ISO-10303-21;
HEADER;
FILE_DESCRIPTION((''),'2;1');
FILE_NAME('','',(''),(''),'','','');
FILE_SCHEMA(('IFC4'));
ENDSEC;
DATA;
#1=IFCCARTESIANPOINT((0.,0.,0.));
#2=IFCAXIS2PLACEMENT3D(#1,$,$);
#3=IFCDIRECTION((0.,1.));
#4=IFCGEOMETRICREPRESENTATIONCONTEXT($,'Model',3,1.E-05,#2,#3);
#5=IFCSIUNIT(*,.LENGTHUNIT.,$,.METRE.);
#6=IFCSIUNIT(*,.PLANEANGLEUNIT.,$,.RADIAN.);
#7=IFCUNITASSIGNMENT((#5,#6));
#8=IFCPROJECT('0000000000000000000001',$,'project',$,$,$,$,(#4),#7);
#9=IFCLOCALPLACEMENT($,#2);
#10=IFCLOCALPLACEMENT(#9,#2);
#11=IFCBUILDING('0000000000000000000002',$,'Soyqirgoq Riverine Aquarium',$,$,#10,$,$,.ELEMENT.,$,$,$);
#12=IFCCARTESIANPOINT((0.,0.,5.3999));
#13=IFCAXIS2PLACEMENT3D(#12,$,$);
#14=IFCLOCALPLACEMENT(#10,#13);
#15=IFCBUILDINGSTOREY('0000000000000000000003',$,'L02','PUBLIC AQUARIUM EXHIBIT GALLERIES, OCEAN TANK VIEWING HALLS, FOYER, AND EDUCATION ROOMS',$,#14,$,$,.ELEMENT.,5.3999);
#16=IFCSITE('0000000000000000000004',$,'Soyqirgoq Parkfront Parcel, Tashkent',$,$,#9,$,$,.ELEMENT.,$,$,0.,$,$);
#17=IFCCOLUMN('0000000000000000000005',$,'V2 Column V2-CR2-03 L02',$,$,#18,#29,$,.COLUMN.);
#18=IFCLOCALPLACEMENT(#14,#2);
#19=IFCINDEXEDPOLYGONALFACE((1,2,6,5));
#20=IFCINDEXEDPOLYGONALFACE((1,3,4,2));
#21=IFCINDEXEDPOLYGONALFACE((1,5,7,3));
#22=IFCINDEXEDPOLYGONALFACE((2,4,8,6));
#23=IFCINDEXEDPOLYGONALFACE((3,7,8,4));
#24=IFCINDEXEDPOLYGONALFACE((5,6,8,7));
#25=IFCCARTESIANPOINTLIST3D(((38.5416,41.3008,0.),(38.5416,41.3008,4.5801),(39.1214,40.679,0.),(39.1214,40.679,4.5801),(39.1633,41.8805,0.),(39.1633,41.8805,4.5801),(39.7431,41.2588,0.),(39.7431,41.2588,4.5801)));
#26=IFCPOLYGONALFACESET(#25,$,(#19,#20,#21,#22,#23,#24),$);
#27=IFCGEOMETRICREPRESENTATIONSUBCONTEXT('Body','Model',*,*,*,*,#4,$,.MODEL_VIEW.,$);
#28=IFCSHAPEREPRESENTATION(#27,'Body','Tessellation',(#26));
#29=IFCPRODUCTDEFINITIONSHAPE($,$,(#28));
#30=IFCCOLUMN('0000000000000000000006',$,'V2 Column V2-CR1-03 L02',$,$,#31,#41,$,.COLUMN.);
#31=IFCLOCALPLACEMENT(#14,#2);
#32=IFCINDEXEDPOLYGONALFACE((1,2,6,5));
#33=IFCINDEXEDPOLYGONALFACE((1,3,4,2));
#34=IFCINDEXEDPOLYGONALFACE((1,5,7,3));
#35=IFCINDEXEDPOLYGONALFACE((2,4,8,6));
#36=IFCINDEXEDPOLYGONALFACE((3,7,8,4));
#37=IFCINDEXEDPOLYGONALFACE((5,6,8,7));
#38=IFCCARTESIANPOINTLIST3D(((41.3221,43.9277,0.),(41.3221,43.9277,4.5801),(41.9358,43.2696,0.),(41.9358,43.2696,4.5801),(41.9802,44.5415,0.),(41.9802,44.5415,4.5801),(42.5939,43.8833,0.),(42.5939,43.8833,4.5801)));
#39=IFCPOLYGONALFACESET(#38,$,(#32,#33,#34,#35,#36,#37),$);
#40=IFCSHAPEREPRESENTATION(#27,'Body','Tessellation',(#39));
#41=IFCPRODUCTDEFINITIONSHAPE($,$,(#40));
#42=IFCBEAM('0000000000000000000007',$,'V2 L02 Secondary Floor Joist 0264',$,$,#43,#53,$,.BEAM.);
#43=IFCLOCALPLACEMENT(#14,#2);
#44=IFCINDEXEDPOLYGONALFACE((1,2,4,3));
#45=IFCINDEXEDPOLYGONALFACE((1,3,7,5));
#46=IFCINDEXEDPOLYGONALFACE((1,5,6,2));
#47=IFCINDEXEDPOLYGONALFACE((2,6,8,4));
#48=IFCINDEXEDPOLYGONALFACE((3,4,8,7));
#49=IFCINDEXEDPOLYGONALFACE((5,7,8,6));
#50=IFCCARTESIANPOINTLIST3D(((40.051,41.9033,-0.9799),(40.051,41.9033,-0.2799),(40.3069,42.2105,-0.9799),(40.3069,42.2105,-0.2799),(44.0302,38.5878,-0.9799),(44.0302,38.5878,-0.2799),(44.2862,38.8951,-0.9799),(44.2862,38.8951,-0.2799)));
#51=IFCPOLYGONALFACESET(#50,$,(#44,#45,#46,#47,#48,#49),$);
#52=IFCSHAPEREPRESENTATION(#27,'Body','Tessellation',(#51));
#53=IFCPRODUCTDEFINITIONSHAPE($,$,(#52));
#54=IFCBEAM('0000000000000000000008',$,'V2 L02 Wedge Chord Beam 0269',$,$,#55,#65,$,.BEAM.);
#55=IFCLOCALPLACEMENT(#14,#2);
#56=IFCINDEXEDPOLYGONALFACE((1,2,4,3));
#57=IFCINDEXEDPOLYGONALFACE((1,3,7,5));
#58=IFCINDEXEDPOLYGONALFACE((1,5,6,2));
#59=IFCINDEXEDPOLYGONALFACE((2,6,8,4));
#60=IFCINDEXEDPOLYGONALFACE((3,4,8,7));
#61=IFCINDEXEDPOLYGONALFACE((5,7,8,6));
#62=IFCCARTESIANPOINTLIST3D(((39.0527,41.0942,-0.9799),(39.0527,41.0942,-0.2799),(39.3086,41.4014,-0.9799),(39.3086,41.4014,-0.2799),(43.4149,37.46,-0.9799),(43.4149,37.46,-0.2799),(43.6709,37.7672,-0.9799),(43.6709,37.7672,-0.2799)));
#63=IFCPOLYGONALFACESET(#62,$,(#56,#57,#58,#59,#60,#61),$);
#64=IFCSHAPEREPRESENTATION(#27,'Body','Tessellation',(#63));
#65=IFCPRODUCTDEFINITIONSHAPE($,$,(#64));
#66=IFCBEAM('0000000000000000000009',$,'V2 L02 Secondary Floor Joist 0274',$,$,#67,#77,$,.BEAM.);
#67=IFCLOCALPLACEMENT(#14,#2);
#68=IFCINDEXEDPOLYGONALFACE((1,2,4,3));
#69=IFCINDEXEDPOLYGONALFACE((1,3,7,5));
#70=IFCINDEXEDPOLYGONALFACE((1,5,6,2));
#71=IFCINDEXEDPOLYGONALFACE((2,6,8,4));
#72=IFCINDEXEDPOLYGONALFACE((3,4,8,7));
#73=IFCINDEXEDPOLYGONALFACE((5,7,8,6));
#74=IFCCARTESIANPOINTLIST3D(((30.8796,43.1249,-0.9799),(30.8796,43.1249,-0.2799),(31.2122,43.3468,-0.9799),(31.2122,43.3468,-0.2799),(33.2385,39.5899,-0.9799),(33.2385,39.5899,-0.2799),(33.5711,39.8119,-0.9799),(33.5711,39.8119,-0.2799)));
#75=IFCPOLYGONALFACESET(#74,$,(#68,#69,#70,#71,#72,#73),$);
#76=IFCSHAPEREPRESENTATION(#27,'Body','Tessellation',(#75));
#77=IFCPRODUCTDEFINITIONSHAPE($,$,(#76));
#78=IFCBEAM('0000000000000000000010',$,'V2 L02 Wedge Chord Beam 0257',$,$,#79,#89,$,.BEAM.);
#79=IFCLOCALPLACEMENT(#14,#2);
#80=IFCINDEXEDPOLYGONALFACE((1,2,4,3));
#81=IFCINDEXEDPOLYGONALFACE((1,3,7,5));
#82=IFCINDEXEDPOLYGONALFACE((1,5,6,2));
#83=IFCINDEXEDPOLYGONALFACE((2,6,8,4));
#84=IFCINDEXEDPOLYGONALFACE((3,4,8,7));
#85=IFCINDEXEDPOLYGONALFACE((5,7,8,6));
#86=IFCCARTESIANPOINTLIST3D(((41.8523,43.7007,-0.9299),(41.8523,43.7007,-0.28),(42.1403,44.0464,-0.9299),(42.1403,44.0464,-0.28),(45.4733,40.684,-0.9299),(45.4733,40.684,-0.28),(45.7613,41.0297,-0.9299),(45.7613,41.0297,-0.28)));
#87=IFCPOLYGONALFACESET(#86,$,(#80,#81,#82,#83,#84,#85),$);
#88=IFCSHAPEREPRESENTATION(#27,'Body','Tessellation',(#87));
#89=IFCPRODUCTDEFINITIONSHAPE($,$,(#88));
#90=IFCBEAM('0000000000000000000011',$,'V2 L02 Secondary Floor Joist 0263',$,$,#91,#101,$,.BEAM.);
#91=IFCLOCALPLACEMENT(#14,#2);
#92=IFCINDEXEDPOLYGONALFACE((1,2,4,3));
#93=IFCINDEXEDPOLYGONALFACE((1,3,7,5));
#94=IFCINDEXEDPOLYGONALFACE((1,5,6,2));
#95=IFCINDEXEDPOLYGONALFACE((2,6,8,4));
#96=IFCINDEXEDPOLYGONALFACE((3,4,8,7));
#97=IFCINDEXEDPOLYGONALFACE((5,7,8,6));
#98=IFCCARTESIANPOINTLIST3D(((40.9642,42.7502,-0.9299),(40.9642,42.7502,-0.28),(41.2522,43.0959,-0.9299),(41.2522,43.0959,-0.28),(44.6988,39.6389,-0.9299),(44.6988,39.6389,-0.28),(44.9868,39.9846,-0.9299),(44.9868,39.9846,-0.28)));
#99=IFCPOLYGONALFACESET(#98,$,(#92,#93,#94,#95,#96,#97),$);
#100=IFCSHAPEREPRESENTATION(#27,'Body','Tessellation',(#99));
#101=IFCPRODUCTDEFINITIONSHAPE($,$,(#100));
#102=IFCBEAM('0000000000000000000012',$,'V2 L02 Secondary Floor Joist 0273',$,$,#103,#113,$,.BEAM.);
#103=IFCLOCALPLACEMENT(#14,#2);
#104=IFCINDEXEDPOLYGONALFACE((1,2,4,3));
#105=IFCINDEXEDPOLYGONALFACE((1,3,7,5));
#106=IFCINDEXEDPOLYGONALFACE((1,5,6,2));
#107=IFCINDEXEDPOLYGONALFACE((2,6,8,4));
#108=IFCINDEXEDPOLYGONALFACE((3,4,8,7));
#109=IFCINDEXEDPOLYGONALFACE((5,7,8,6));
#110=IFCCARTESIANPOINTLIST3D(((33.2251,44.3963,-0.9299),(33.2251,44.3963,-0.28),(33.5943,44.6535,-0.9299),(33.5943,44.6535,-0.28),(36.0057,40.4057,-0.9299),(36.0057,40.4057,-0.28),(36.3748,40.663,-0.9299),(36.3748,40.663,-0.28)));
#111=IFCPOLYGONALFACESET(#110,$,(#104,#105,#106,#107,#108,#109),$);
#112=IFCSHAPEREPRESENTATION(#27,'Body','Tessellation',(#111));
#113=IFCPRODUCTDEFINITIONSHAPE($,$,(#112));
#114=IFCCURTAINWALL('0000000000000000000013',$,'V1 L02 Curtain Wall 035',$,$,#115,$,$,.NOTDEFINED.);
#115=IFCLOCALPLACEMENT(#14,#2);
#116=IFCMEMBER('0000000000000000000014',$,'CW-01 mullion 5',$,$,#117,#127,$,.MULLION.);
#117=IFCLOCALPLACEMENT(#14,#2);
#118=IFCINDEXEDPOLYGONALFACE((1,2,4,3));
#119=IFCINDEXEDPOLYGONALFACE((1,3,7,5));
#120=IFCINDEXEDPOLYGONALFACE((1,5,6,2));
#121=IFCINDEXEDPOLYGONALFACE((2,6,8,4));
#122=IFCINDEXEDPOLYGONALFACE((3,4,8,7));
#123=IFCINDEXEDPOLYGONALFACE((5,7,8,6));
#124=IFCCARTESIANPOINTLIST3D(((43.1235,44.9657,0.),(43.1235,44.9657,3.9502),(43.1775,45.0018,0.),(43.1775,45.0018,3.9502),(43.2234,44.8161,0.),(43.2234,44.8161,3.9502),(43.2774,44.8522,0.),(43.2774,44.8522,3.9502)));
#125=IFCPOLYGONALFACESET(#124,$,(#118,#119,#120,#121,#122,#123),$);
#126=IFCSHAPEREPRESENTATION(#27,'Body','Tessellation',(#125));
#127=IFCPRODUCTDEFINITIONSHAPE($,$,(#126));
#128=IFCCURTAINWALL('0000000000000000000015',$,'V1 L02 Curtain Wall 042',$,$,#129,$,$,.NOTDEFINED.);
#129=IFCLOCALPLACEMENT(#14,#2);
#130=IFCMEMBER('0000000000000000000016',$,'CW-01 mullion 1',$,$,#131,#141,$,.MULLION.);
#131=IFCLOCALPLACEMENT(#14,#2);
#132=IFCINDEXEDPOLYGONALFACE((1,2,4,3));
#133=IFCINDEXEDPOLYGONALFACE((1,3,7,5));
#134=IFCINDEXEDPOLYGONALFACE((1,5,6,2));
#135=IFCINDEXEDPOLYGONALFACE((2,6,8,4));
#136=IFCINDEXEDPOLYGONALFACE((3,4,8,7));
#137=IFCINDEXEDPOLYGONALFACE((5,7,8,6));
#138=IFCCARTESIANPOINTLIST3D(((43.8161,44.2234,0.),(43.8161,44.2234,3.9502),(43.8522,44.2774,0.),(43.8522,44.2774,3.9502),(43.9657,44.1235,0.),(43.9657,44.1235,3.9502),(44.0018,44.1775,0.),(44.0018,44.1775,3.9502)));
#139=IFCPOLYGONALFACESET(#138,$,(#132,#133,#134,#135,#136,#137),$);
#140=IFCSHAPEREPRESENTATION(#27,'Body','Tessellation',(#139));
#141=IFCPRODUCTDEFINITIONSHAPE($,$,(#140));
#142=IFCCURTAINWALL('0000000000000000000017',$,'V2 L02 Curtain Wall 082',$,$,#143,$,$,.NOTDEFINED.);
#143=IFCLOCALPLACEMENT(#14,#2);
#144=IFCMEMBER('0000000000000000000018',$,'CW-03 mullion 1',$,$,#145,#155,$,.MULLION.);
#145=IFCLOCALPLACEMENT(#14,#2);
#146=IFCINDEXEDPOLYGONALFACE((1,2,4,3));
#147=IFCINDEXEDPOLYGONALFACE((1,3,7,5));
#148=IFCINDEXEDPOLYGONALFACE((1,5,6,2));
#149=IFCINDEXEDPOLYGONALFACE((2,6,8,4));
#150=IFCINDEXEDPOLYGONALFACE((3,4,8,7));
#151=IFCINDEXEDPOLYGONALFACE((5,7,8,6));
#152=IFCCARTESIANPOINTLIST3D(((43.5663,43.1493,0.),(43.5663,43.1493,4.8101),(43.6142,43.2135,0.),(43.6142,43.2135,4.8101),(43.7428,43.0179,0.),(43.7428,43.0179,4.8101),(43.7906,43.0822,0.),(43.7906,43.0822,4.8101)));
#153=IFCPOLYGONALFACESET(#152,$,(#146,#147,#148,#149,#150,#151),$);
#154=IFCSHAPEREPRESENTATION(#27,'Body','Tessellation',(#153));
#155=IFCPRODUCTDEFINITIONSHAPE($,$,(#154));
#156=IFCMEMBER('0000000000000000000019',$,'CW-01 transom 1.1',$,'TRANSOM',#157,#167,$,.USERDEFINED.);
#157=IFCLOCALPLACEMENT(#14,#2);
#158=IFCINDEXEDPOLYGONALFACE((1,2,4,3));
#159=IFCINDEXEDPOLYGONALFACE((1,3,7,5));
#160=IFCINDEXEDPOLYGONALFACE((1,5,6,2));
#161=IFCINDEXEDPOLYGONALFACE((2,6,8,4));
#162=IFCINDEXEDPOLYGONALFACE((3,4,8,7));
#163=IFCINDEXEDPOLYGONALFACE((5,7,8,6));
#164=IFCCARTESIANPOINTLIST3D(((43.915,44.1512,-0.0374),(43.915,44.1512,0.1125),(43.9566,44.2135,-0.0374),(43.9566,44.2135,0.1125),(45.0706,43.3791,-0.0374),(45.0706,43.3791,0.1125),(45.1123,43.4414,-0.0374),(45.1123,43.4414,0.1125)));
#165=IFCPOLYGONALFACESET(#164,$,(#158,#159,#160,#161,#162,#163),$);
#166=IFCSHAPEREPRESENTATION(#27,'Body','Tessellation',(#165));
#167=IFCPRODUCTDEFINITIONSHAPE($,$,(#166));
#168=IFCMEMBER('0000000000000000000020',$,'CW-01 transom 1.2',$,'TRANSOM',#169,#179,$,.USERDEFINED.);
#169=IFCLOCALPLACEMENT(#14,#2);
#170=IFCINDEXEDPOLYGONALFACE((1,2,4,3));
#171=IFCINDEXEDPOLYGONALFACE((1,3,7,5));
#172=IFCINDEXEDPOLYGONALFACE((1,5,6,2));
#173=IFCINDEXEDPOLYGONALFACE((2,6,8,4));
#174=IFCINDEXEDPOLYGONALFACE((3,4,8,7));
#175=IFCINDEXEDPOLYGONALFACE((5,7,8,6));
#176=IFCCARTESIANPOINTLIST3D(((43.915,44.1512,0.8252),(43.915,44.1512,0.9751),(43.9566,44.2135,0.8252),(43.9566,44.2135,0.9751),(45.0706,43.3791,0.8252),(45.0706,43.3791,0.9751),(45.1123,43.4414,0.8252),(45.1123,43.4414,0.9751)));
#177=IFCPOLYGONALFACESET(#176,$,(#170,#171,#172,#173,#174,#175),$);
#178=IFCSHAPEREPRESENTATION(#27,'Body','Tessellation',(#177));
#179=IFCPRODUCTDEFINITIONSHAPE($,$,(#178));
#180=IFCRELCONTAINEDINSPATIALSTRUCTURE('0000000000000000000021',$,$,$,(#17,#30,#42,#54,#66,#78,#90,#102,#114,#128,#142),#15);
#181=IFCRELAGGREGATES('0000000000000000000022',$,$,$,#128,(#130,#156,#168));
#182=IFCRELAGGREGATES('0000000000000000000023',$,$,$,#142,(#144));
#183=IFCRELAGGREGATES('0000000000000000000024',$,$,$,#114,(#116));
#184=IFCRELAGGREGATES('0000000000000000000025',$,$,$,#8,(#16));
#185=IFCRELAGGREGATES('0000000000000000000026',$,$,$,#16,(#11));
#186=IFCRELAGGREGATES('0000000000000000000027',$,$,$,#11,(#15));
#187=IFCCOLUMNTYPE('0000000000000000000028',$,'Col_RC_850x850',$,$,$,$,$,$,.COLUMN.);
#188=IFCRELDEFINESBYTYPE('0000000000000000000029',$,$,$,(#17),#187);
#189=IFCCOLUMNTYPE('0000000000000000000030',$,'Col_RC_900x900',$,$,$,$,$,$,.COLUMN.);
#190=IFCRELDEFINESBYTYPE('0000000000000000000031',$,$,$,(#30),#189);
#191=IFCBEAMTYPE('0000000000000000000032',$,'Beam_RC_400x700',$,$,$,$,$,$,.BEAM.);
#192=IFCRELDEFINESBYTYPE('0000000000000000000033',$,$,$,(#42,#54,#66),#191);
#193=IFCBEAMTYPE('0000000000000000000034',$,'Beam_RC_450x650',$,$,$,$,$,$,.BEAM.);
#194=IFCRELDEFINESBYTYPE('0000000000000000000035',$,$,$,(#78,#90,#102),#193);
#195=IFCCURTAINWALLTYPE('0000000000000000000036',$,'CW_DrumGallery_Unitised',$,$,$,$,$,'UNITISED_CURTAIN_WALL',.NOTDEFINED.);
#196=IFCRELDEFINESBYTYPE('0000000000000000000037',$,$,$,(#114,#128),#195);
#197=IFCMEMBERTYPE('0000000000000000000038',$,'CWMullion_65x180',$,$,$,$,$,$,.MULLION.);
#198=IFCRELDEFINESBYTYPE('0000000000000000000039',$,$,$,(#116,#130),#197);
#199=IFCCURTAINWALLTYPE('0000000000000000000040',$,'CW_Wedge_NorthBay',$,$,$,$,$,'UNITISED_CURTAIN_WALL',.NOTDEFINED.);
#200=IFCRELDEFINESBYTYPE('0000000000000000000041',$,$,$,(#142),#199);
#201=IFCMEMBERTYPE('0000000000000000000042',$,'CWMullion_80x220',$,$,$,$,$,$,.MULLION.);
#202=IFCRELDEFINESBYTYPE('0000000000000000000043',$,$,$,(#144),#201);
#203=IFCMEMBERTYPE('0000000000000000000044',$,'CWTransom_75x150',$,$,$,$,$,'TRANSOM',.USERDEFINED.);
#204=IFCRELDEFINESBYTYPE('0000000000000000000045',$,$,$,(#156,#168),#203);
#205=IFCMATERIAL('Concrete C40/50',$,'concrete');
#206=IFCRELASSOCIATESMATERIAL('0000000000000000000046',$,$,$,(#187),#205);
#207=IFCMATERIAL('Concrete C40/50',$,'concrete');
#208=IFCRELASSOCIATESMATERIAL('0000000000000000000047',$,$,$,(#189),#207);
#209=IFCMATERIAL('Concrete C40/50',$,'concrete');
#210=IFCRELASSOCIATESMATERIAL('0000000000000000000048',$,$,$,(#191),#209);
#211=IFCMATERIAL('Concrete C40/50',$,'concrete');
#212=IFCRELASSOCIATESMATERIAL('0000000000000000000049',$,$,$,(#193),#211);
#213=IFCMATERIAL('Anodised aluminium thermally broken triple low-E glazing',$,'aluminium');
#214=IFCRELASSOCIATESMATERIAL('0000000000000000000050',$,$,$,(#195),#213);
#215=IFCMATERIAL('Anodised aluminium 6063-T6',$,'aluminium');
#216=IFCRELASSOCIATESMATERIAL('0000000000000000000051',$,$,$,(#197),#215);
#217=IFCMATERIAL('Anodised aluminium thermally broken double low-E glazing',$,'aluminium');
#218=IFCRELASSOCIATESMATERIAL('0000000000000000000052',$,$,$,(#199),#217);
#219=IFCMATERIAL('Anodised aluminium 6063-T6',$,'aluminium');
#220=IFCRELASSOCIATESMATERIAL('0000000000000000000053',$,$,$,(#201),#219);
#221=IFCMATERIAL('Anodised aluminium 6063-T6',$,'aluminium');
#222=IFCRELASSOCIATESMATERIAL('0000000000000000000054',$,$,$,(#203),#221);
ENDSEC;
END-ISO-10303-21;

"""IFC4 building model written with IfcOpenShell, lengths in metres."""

from ifc_helpers import new_model, si_unit, direction, frame, origin, origin_2d, place, context, subcontext, project, spatial, rectangle, extrude, material, material_profile, profile_set, type_object, element, aggregate, save


model = new_model("IFC4")

# Units and contexts
model_context = context("Model", 3, precision=1e-05, world=origin(), true_north=direction((0.0, 1.0)))
body_context = subcontext(model_context, "Body", "Model", "MODEL_VIEW")
ifc_project = project(units=[si_unit("LENGTHUNIT", "METRE"), si_unit("PLANEANGLEUNIT", "RADIAN")], contexts=[model_context])

# Site, building, storey
site_placement = place(None, origin())
site = spatial("IfcSite", under=ifc_project, at=site_placement, Name="Soyqirgoq Parkfront Parcel, Tashkent", CompositionType="ELEMENT", RefElevation=0.0)
building_placement = place(site_placement, origin())
building = spatial("IfcBuilding", under=site, at=building_placement, Name="Soyqirgoq Riverine Aquarium", CompositionType="ELEMENT")
storey_placement = place(building_placement, frame((0.0, 0.0, 5.3999)))
storey = spatial("IfcBuildingStorey", under=building, at=storey_placement, Name="L02", Description="PUBLIC AQUARIUM EXHIBIT GALLERIES, OCEAN TANK VIEWING HALLS, FOYER, AND EDUCATION ROOMS", CompositionType="ELEMENT", Elevation=5.3999)

# Columns
ifc_material_1 = material(Name="Concrete C40/50", Category="concrete")
ifc_material_profile_1 = material_profile(ifc_material_1, rectangle(XDim=0.8501, YDim=0.8501, at=origin_2d()), Name="RC 850x850")
ifc_profile_set_1 = profile_set([ifc_material_profile_1], Name="Concrete C40/50")
column_type_1 = type_object("IfcColumnType", Name="Col_RC_850x850", PredefinedType="COLUMN", material=ifc_profile_set_1)
column_1_placement = place(storey_placement, frame((39.1423, 41.2798, 0.0), z_axis=(0.0, 0.0, 1.0), x_axis=(-0.731354, -0.681998, 0.0)))
element("IfcColumn", 1, at=column_1_placement, inside=storey, type_object=column_type_1, Name="V2 Column V2-CR2-03 L02", PredefinedType="COLUMN", context=body_context, shape_type="SweptSolid", body=[
    extrude(rectangle(XDim=0.8501, YDim=0.8501, at=origin_2d()), origin(), (0.0, 0.0, 1.0), 4.5801),
])
ifc_material_2 = material(Name="Concrete C40/50", Category="concrete")
ifc_material_profile_2 = material_profile(ifc_material_2, rectangle(XDim=0.8999, YDim=0.8999, at=origin_2d()), Name="RC 900x900")
ifc_profile_set_2 = profile_set([ifc_material_profile_2], Name="Concrete C40/50")
column_type_2 = type_object("IfcColumnType", Name="Col_RC_900x900", PredefinedType="COLUMN", material=ifc_profile_set_2)
column_2_placement = place(storey_placement, frame((41.958, 43.9055, 0.0), z_axis=(0.0, 0.0, 1.0), x_axis=(-0.731354, -0.681998, 0.0)))
element("IfcColumn", 2, at=column_2_placement, inside=storey, type_object=column_type_2, Name="V2 Column V2-CR1-03 L02", PredefinedType="COLUMN", context=body_context, shape_type="SweptSolid", body=[
    extrude(rectangle(XDim=0.8999, YDim=0.8999, at=origin_2d()), origin(), (0.0, 0.0, 1.0), 4.5801),
])

# Beams
ifc_material_3 = material(Name="Concrete C40/50", Category="concrete")
ifc_material_profile_3 = material_profile(ifc_material_3, rectangle(XDim=0.3999, YDim=0.7, at=origin_2d()), Name="RC 400x700")
ifc_profile_set_3 = profile_set([ifc_material_profile_3], Name="Concrete C40/50")
beam_type_1 = type_object("IfcBeamType", Name="Beam_RC_400x700", PredefinedType="BEAM", material=ifc_profile_set_3)
beam_1_placement = place(storey_placement, frame((40.179, 42.0569, -0.6299), z_axis=(0.768279, -0.640115, 0.0), x_axis=(0.640115, 0.768279, 0.0)))
element("IfcBeam", 3, at=beam_1_placement, inside=storey, type_object=beam_type_1, Name="V2 L02 Secondary Floor Joist 0264", PredefinedType="BEAM", context=body_context, shape_type="SweptSolid", body=[
    extrude(rectangle(XDim=0.3999, YDim=0.7, at=origin_2d()), origin(), (0.0, 0.0, 1.0), 5.1794),
])
beam_2_placement = place(storey_placement, frame((39.1807, 41.2478, -0.6299), z_axis=(0.768306, -0.640083, 0.0), x_axis=(0.640083, 0.768306, 0.0)))
element("IfcBeam", 4, at=beam_2_placement, inside=storey, type_object=beam_type_1, Name="V2 L02 Wedge Chord Beam 0269", PredefinedType="BEAM", context=body_context, shape_type="SweptSolid", body=[
    extrude(rectangle(XDim=0.3999, YDim=0.7, at=origin_2d()), origin(), (0.0, 0.0, 1.0), 5.6777),
])
beam_3_placement = place(storey_placement, frame((31.0459, 43.2358, -0.6299), z_axis=(0.555071, -0.831803, 0.0), x_axis=(0.831803, 0.555071, 0.0)))
element("IfcBeam", 5, at=beam_3_placement, inside=storey, type_object=beam_type_1, Name="V2 L02 Secondary Floor Joist 0274", PredefinedType="BEAM", context=body_context, shape_type="SweptSolid", body=[
    extrude(rectangle(XDim=0.3999, YDim=0.7, at=origin_2d()), origin(), (0.0, 0.0, 1.0), 4.2498),
])
ifc_material_4 = material(Name="Concrete C40/50", Category="concrete")
ifc_material_profile_4 = material_profile(ifc_material_4, rectangle(XDim=0.45, YDim=0.6499, at=origin_2d()), Name="RC 450x650")
ifc_profile_set_4 = profile_set([ifc_material_profile_4], Name="Concrete C40/50")
beam_type_2 = type_object("IfcBeamType", Name="Beam_RC_450x650", PredefinedType="BEAM", material=ifc_profile_set_4)
beam_4_placement = place(storey_placement, frame((41.9963, 43.8735, -0.605), z_axis=(0.768302, -0.640088, 0.0), x_axis=(0.640088, 0.768302, 0.0)))
element("IfcBeam", 6, at=beam_4_placement, inside=storey, type_object=beam_type_2, Name="V2 L02 Wedge Chord Beam 0257", PredefinedType="BEAM", context=body_context, shape_type="SweptSolid", body=[
    extrude(rectangle(XDim=0.45, YDim=0.6499, at=origin_2d()), origin(), (0.0, 0.0, 1.0), 4.7129),
])
beam_5_placement = place(storey_placement, frame((41.1082, 42.9231, -0.605), z_axis=(0.768308, -0.640081, 0.0), x_axis=(0.640081, 0.768308, 0.0)))
element("IfcBeam", 7, at=beam_5_placement, inside=storey, type_object=beam_type_2, Name="V2 L02 Secondary Floor Joist 0263", PredefinedType="BEAM", context=body_context, shape_type="SweptSolid", body=[
    extrude(rectangle(XDim=0.45, YDim=0.6499, at=origin_2d()), origin(), (0.0, 0.0, 1.0), 4.8608),
])
beam_6_placement = place(storey_placement, frame((33.4097, 44.5249, -0.605), z_axis=(0.571692, -0.820468, 0.0), x_axis=(0.820468, 0.571692, 0.0)))
element("IfcBeam", 8, at=beam_6_placement, inside=storey, type_object=beam_type_2, Name="V2 L02 Secondary Floor Joist 0273", PredefinedType="BEAM", context=body_context, shape_type="SweptSolid", body=[
    extrude(rectangle(XDim=0.45, YDim=0.6499, at=origin_2d()), origin(), (0.0, 0.0, 1.0), 4.8638),
])

# Curtain walls, members
ifc_material_5 = material(Name="Anodised aluminium thermally broken triple low-E glazing", Category="aluminium")
curtain_wall_type_1 = type_object("IfcCurtainWallType", Name="CW_DrumGallery_Unitised", ElementType="UNITISED_CURTAIN_WALL", PredefinedType="NOTDEFINED", material=ifc_material_5)
curtain_wall_1_placement = place(storey_placement, origin())
curtain_wall_1 = element("IfcCurtainWall", 9, at=curtain_wall_1_placement, inside=storey, type_object=curtain_wall_type_1, Name="V1 L02 Curtain Wall 035", PredefinedType="NOTDEFINED")
ifc_material_6 = material(Name="Anodised aluminium 6063-T6", Category="aluminium")
ifc_material_profile_5 = material_profile(ifc_material_6, rectangle(XDim=0.0649, YDim=0.1799, at=origin_2d()), Name="ALU-M 65x180")
ifc_profile_set_5 = profile_set([ifc_material_profile_5], Name="Anodised aluminium 6063-T6")
member_type_1 = type_object("IfcMemberType", Name="CWMullion_65x180", PredefinedType="MULLION", material=ifc_profile_set_5)
member_1_placement = place(storey_placement, frame((43.2004, 44.9089, 0.0), z_axis=(0.0, 0.0, 1.0), x_axis=(0.831473, 0.555565, 0.0)))
member_1 = element("IfcMember", 10, at=member_1_placement, type_object=member_type_1, Name="CW-01 mullion 5", PredefinedType="MULLION", context=body_context, shape_type="SweptSolid", body=[
    extrude(rectangle(XDim=0.0649, YDim=0.1799, at=origin_2d()), origin(), (0.0, 0.0, 1.0), 3.9502),
])
curtain_wall_2_placement = place(storey_placement, origin())
curtain_wall_2 = element("IfcCurtainWall", 11, at=curtain_wall_2_placement, inside=storey, type_object=curtain_wall_type_1, Name="V1 L02 Curtain Wall 042", PredefinedType="NOTDEFINED")
member_2_placement = place(storey_placement, frame((43.9089, 44.2004, 0.0), z_axis=(0.0, 0.0, 1.0), x_axis=(0.555565, 0.831473, 0.0)))
member_2 = element("IfcMember", 12, at=member_2_placement, type_object=member_type_1, Name="CW-01 mullion 1", PredefinedType="MULLION", context=body_context, shape_type="SweptSolid", body=[
    extrude(rectangle(XDim=0.0649, YDim=0.1799, at=origin_2d()), origin(), (0.0, 0.0, 1.0), 3.9502),
])
ifc_material_7 = material(Name="Anodised aluminium thermally broken double low-E glazing", Category="aluminium")
curtain_wall_type_2 = type_object("IfcCurtainWallType", Name="CW_Wedge_NorthBay", ElementType="UNITISED_CURTAIN_WALL", PredefinedType="NOTDEFINED", material=ifc_material_7)
curtain_wall_3_placement = place(storey_placement, origin())
curtain_wall_3 = element("IfcCurtainWall", 13, at=curtain_wall_3_placement, inside=storey, type_object=curtain_wall_type_2, Name="V2 L02 Curtain Wall 082", PredefinedType="NOTDEFINED")
ifc_material_8 = material(Name="Anodised aluminium 6063-T6", Category="aluminium")
ifc_material_profile_6 = material_profile(ifc_material_8, rectangle(XDim=0.0801, YDim=0.22, at=origin_2d()), Name="ALU-M 80x220")
ifc_profile_set_6 = profile_set([ifc_material_profile_6], Name="Anodised aluminium 6063-T6")
member_type_2 = type_object("IfcMemberType", Name="CWMullion_80x220", PredefinedType="MULLION", material=ifc_profile_set_6)
member_3_placement = place(storey_placement, frame((43.6785, 43.1157, 0.0), z_axis=(0.0, 0.0, 1.0), x_axis=(0.597149, 0.802131, 0.0)))
member_3 = element("IfcMember", 14, at=member_3_placement, type_object=member_type_2, Name="CW-03 mullion 1", PredefinedType="MULLION", context=body_context, shape_type="SweptSolid", body=[
    extrude(rectangle(XDim=0.0801, YDim=0.22, at=origin_2d()), origin(), (0.0, 0.0, 1.0), 4.8101),
])

# Members
ifc_material_9 = material(Name="Anodised aluminium 6063-T6", Category="aluminium")
ifc_material_profile_7 = material_profile(ifc_material_9, rectangle(XDim=0.075, YDim=0.1499, at=origin_2d()), Name="ALU-T 75x150")
ifc_profile_set_7 = profile_set([ifc_material_profile_7], Name="Anodised aluminium 6063-T6")
member_type_3 = type_object("IfcMemberType", Name="CWTransom_75x150", ElementType="TRANSOM", PredefinedType="USERDEFINED", material=ifc_profile_set_7)
member_4_placement = place(storey_placement, frame((43.9358, 44.1824, 0.0376), z_axis=(0.831482, -0.555551, 0.0), x_axis=(0.555551, 0.831482, 0.0)))
member_4 = element("IfcMember", 15, at=member_4_placement, type_object=member_type_3, Name="CW-01 transom 1.1", ObjectType="TRANSOM", PredefinedType="USERDEFINED", context=body_context, shape_type="SweptSolid", body=[
    extrude(rectangle(XDim=0.075, YDim=0.1499, at=origin_2d()), origin(), (0.0, 0.0, 1.0), 1.3899),
])
member_5_placement = place(storey_placement, frame((43.9358, 44.1824, 0.9001), z_axis=(0.831482, -0.555551, 0.0), x_axis=(0.555551, 0.831482, 0.0)))
member_5 = element("IfcMember", 16, at=member_5_placement, type_object=member_type_3, Name="CW-01 transom 1.2", ObjectType="TRANSOM", PredefinedType="USERDEFINED", context=body_context, shape_type="SweptSolid", body=[
    extrude(rectangle(XDim=0.075, YDim=0.1499, at=origin_2d()), origin(), (0.0, 0.0, 1.0), 1.3899),
])
aggregate(curtain_wall_2, [member_2, member_4, member_5])
aggregate(curtain_wall_3, [member_3])

aggregate(curtain_wall_1, [member_1])

save(model, "model.ifc")
